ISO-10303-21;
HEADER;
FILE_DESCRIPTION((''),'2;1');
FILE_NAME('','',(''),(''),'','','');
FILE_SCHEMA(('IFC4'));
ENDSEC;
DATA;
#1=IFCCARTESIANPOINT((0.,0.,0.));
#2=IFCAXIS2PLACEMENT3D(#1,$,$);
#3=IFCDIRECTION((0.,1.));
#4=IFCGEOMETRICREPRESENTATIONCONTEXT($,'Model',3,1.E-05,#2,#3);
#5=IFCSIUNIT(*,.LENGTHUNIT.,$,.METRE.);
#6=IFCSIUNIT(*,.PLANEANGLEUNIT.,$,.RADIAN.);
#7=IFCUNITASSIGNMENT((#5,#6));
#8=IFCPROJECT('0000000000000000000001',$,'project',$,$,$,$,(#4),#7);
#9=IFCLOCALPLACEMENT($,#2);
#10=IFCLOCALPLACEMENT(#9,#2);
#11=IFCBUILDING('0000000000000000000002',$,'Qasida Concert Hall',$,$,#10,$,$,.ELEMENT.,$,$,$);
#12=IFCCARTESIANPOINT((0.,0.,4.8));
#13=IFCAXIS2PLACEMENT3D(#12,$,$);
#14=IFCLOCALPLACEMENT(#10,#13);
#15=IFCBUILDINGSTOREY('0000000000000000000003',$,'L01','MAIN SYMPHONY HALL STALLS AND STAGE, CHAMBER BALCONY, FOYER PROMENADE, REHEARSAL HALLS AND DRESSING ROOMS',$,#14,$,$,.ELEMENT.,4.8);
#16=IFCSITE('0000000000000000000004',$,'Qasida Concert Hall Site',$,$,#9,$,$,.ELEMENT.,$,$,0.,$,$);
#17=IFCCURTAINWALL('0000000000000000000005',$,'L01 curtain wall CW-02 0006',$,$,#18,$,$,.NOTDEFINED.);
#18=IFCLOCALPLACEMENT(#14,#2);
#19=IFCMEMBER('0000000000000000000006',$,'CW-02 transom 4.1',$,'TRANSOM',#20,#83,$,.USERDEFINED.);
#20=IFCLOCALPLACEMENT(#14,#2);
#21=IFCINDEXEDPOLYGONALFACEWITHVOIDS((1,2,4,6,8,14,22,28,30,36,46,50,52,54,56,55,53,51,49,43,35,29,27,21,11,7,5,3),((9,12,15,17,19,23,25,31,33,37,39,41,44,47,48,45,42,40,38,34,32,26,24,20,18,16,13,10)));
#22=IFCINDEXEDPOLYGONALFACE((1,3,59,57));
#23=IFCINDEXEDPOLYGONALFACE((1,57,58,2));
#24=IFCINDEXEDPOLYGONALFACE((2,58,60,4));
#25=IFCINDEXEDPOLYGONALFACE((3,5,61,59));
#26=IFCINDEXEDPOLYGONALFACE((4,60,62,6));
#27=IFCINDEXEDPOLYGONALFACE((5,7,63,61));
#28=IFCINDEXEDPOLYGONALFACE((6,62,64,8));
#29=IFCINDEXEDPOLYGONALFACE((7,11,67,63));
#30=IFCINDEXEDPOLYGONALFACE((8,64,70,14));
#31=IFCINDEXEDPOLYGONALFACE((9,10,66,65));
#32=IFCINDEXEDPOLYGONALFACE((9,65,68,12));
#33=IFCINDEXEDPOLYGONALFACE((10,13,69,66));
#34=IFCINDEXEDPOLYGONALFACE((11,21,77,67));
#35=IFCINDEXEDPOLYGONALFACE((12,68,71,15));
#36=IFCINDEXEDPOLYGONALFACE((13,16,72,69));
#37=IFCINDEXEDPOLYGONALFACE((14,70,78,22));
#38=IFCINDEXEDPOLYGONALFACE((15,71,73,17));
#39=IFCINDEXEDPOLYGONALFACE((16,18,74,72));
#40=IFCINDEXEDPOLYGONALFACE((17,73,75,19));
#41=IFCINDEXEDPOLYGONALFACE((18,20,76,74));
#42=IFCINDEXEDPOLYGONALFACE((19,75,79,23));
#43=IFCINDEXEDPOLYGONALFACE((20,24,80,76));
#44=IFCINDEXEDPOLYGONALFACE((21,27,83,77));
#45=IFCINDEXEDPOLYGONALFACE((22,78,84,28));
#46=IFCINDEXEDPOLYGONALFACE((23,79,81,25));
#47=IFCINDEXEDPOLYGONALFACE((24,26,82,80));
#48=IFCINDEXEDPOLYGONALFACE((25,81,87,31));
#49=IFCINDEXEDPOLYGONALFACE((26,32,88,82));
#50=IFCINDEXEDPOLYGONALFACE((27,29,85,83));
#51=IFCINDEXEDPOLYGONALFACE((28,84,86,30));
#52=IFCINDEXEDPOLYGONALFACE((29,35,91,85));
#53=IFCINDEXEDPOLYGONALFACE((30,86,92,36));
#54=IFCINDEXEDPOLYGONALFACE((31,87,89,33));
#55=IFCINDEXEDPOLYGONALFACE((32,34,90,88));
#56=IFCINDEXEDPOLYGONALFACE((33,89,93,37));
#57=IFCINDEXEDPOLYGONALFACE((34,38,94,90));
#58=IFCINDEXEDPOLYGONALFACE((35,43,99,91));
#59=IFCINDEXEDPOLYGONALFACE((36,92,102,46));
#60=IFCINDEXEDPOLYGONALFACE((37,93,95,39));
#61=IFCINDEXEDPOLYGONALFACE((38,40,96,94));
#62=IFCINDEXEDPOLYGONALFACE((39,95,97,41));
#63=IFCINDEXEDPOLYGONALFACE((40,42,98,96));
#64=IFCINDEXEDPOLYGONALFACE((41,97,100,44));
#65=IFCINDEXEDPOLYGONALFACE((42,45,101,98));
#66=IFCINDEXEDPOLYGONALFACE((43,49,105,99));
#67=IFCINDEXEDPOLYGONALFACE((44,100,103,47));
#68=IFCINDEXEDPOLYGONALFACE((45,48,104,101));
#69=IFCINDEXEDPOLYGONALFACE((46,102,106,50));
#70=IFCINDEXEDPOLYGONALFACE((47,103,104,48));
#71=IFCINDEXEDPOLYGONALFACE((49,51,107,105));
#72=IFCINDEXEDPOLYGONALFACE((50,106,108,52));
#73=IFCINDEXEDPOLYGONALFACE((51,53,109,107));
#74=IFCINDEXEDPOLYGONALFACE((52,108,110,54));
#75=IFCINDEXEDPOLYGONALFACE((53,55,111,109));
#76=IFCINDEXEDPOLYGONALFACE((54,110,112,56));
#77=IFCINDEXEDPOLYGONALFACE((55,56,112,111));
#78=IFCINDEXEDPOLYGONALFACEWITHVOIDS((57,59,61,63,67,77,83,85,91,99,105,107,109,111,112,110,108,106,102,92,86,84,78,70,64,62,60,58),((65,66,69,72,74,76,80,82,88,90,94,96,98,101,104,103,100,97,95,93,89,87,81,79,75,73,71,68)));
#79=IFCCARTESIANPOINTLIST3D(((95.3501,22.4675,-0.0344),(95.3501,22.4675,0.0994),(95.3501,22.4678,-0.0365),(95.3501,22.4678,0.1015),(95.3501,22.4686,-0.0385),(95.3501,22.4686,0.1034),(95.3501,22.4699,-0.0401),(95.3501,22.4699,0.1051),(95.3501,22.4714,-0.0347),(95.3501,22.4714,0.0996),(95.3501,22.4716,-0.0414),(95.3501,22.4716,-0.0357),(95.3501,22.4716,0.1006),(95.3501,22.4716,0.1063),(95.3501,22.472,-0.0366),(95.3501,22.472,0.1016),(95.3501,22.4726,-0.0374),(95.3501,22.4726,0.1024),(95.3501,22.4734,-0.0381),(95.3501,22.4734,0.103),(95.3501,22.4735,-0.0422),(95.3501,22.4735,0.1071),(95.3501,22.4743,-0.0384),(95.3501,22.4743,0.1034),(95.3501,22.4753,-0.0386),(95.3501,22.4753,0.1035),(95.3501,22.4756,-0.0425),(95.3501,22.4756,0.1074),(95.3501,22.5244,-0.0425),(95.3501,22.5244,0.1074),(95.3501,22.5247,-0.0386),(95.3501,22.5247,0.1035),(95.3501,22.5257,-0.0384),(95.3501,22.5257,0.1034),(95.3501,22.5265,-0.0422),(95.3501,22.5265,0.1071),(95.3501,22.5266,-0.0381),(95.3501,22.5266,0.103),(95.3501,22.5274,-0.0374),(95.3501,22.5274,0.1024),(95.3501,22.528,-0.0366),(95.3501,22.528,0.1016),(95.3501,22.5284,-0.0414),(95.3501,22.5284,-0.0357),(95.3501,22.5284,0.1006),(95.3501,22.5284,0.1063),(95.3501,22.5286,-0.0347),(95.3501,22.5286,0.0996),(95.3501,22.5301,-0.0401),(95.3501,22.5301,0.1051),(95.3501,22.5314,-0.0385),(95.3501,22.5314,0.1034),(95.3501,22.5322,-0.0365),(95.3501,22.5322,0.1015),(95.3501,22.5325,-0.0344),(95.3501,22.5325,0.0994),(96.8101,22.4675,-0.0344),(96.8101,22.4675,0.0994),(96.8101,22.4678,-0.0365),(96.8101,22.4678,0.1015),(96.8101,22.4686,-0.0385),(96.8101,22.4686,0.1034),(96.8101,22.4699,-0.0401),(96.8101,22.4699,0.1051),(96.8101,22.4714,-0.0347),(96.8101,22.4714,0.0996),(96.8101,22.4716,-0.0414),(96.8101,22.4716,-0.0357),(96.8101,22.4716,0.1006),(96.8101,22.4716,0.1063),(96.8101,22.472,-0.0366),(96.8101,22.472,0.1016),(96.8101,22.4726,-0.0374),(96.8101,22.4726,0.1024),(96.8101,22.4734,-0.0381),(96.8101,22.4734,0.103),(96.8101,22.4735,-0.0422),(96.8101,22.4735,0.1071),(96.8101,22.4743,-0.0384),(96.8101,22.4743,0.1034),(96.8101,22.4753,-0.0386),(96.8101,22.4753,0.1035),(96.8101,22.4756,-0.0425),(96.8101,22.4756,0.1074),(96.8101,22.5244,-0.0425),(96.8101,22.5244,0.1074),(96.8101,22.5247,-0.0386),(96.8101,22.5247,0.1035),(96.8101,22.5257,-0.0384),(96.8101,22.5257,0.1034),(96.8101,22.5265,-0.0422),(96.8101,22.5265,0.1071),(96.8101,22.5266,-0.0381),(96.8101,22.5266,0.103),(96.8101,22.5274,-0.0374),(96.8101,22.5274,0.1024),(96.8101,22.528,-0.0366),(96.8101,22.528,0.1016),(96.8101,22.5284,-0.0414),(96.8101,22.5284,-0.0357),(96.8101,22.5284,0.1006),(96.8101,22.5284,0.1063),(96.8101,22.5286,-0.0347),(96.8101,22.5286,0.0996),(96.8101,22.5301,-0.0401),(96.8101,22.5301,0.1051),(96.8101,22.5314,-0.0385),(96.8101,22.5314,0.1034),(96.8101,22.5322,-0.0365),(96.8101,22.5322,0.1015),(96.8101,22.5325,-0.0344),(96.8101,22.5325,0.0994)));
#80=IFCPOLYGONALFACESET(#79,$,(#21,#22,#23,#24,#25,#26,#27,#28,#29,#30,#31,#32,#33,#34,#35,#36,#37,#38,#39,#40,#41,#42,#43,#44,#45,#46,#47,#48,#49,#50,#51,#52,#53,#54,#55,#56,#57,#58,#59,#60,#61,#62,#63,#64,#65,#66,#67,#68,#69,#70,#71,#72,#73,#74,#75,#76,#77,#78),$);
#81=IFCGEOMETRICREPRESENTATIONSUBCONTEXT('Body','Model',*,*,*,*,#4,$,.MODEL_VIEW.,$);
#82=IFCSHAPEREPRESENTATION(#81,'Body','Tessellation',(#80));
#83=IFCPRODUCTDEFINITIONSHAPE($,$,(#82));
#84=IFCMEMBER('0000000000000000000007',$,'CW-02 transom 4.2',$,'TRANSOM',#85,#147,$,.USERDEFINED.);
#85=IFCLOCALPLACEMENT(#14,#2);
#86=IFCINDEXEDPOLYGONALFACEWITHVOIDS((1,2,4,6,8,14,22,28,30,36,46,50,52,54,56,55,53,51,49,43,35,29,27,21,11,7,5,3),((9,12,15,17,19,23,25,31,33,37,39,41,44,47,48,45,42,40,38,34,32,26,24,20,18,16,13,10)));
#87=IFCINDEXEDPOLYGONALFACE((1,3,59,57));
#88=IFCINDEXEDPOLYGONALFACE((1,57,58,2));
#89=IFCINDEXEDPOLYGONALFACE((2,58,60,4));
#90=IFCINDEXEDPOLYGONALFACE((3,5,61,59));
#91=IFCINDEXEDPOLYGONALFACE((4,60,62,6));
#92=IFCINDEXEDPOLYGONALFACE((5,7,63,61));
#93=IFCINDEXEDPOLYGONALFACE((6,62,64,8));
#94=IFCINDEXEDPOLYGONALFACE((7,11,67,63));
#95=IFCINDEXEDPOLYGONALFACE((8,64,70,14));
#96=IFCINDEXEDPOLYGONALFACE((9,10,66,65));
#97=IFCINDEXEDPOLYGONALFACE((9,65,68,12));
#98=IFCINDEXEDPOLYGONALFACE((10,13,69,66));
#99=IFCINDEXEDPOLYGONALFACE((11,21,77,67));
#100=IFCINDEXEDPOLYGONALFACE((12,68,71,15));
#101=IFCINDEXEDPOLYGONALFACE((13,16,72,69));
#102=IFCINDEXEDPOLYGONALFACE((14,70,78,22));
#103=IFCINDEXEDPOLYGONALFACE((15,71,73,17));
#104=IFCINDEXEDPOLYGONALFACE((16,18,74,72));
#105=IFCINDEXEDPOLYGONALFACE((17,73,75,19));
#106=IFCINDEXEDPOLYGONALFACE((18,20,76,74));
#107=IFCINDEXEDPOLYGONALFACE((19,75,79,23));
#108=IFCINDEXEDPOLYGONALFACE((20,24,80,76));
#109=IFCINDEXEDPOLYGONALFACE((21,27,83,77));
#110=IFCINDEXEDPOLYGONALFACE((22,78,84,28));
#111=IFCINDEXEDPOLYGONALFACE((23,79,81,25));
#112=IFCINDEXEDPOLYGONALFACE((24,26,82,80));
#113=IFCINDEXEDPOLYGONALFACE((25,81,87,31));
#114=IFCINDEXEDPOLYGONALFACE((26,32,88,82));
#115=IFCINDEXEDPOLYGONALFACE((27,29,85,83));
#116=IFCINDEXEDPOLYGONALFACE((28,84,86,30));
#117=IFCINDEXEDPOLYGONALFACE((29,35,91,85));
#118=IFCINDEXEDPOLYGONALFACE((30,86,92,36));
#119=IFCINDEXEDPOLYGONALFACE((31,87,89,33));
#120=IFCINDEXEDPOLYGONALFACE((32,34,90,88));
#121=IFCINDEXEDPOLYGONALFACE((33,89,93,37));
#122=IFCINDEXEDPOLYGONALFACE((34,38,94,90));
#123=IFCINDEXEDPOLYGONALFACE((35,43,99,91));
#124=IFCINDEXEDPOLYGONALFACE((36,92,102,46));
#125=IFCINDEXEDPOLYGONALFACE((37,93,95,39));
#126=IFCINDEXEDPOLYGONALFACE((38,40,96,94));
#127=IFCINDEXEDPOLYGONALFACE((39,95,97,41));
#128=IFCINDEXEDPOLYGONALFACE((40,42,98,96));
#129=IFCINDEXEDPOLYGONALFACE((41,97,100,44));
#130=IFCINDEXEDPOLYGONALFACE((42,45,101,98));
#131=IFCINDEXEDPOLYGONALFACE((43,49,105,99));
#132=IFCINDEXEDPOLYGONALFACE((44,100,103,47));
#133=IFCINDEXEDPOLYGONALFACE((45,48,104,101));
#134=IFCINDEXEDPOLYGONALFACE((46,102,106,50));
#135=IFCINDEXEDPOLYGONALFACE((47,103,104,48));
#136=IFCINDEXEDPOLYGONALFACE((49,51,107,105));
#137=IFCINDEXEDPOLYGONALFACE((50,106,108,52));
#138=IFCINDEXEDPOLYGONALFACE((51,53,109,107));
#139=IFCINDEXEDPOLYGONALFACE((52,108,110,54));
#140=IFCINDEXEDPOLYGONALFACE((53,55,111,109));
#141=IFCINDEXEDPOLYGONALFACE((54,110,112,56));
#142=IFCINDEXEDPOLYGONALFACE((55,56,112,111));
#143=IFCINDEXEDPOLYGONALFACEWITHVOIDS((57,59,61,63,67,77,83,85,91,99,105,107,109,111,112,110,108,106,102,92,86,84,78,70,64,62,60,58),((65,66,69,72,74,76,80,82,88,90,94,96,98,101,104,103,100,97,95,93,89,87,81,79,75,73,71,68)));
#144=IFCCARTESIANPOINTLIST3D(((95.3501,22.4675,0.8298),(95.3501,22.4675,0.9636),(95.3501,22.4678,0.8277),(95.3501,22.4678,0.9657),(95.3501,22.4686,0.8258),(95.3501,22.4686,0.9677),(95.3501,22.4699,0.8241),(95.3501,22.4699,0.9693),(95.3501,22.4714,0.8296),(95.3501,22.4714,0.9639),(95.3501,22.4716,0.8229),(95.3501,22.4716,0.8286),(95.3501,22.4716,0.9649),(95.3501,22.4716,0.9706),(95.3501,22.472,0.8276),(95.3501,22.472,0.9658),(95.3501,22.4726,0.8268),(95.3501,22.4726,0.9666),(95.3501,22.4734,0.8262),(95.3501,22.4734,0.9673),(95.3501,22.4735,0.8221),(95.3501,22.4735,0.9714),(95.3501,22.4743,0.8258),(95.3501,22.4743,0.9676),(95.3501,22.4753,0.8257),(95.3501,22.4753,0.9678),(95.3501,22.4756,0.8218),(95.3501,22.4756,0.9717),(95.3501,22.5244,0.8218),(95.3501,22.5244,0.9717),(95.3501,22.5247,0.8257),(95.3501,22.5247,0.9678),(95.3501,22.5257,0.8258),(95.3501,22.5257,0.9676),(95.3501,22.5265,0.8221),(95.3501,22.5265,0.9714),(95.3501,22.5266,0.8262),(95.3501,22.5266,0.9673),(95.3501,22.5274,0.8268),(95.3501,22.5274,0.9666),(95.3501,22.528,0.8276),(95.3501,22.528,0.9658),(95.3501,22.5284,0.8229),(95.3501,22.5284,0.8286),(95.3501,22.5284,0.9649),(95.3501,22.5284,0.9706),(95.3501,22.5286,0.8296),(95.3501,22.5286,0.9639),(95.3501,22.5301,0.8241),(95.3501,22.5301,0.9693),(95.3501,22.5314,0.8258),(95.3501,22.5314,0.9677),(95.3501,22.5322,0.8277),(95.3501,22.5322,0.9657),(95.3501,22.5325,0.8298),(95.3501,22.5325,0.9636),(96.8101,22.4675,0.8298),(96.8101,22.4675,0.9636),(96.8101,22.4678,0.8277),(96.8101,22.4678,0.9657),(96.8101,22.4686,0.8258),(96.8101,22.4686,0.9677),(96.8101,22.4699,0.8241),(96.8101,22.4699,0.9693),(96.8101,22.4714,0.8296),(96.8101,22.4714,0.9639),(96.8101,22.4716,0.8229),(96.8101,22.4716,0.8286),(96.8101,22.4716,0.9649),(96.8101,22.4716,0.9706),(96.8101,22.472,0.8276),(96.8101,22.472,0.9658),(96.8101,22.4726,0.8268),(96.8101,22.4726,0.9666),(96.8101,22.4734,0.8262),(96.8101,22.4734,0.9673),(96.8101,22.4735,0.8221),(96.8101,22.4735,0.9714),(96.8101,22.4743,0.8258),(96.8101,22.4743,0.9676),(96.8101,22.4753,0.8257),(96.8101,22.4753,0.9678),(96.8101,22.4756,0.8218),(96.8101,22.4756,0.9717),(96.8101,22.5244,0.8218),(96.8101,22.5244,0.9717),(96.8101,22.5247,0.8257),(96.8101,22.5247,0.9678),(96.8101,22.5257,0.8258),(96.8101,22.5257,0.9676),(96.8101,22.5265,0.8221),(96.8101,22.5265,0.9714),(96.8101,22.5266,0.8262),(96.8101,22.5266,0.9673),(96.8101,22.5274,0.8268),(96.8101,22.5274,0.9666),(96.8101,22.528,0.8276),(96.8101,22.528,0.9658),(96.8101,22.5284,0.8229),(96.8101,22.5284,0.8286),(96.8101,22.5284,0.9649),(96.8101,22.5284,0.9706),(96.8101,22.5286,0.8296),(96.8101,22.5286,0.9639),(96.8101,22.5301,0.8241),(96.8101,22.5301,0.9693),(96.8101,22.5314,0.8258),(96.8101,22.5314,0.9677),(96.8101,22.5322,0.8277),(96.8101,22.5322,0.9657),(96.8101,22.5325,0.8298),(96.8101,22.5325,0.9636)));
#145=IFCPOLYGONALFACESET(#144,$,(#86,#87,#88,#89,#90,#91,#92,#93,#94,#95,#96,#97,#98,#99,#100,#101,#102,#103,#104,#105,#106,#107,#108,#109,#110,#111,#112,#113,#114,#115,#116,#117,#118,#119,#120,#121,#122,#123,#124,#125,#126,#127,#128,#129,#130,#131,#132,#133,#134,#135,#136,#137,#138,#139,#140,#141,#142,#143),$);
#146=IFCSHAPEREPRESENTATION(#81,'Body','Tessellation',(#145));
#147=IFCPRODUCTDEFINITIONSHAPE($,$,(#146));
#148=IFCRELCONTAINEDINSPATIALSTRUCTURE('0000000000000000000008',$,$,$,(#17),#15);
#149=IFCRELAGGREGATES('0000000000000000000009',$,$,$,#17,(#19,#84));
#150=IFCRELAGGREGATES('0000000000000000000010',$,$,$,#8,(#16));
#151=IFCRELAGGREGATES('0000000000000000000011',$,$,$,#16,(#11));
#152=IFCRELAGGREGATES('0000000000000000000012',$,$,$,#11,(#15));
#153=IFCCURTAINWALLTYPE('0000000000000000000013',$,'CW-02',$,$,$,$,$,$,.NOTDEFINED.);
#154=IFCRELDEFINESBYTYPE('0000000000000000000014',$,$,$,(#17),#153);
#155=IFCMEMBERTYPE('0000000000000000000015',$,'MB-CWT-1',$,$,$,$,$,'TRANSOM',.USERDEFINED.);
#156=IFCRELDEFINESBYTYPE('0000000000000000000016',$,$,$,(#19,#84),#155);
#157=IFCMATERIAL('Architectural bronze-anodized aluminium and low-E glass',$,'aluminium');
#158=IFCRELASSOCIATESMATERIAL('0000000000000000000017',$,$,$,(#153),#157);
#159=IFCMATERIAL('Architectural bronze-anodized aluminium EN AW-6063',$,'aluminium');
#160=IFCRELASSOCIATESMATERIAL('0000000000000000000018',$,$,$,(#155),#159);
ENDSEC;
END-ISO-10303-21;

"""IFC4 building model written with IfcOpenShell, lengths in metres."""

from ifc_helpers import new_model, si_unit, direction, frame, origin, origin_2d, place, context, subcontext, project, spatial, hollow_rectangle, extrude, material, material_profile, profile_set, type_object, element, aggregate, save


model = new_model("IFC4")

# Units and contexts
model_context = context("Model", 3, precision=1e-05, world=origin(), true_north=direction((0.0, 1.0)))
body_context = subcontext(model_context, "Body", "Model", "MODEL_VIEW")
ifc_project = project(units=[si_unit("LENGTHUNIT", "METRE"), si_unit("PLANEANGLEUNIT", "RADIAN")], contexts=[model_context])

# Site, building, storey
site_placement = place(None, origin())
site = spatial("IfcSite", under=ifc_project, at=site_placement, Name="Qasida Concert Hall Site", CompositionType="ELEMENT", RefElevation=0.0)
building_placement = place(site_placement, origin())
building = spatial("IfcBuilding", under=site, at=building_placement, Name="Qasida Concert Hall", CompositionType="ELEMENT")
storey_placement = place(building_placement, frame((0.0, 0.0, 4.8)))
storey = spatial("IfcBuildingStorey", under=building, at=storey_placement, Name="L01", Description="MAIN SYMPHONY HALL STALLS AND STAGE, CHAMBER BALCONY, FOYER PROMENADE, REHEARSAL HALLS AND DRESSING ROOMS", CompositionType="ELEMENT", Elevation=4.8)

# Curtain wall
ifc_material_1 = material(Name="Architectural bronze-anodized aluminium and low-E glass", Category="aluminium")
curtain_wall_type = type_object("IfcCurtainWallType", Name="CW-02", PredefinedType="NOTDEFINED", material=ifc_material_1)
curtain_wall_1_placement = place(storey_placement, origin())
curtain_wall_1 = element("IfcCurtainWall", 1, at=curtain_wall_1_placement, inside=storey, type_object=curtain_wall_type, Name="L01 curtain wall CW-02 0006", PredefinedType="NOTDEFINED")
ifc_material_2 = material(Name="Architectural bronze-anodized aluminium EN AW-6063", Category="aluminium")

# Members
ifc_material_profile_1 = material_profile(ifc_material_2, hollow_rectangle(XDim=0.0649, YDim=0.1499, WallThickness=0.0039, InnerFilletRadius=0.0039, OuterFilletRadius=0.0081, at=origin_2d()), Name="CWT 150x65x4")
ifc_profile_set_1 = profile_set([ifc_material_profile_1], Name="Architectural bronze-anodized aluminium EN AW-6063")
member_type_1 = type_object("IfcMemberType", Name="MB-CWT-1", ElementType="TRANSOM", PredefinedType="USERDEFINED", material=ifc_profile_set_1)
member_1_placement = place(storey_placement, frame((95.3501, 22.5, 0.0325), z_axis=(1.0, 0.0, 0.0), x_axis=(0.0, 1.0, 0.0)))
member_1 = element("IfcMember", 2, at=member_1_placement, type_object=member_type_1, Name="CW-02 transom 4.1", ObjectType="TRANSOM", PredefinedType="USERDEFINED", context=body_context, shape_type="SweptSolid", body=[
    extrude(hollow_rectangle(XDim=0.0649, YDim=0.1499, WallThickness=0.0039, InnerFilletRadius=0.0039, OuterFilletRadius=0.0081, at=origin_2d()), origin(), (0.0, 0.0, 1.0), 1.46),
])
member_2_placement = place(storey_placement, frame((95.3501, 22.5, 0.8967), z_axis=(1.0, 0.0, 0.0), x_axis=(0.0, 1.0, 0.0)))
member_2 = element("IfcMember", 3, at=member_2_placement, type_object=member_type_1, Name="CW-02 transom 4.2", ObjectType="TRANSOM", PredefinedType="USERDEFINED", context=body_context, shape_type="SweptSolid", body=[
    extrude(hollow_rectangle(XDim=0.0649, YDim=0.1499, WallThickness=0.0039, InnerFilletRadius=0.0039, OuterFilletRadius=0.0081, at=origin_2d()), origin(), (0.0, 0.0, 1.0), 1.46),
])

aggregate(curtain_wall_1, [member_1, member_2])

save(model, "model.ifc")
